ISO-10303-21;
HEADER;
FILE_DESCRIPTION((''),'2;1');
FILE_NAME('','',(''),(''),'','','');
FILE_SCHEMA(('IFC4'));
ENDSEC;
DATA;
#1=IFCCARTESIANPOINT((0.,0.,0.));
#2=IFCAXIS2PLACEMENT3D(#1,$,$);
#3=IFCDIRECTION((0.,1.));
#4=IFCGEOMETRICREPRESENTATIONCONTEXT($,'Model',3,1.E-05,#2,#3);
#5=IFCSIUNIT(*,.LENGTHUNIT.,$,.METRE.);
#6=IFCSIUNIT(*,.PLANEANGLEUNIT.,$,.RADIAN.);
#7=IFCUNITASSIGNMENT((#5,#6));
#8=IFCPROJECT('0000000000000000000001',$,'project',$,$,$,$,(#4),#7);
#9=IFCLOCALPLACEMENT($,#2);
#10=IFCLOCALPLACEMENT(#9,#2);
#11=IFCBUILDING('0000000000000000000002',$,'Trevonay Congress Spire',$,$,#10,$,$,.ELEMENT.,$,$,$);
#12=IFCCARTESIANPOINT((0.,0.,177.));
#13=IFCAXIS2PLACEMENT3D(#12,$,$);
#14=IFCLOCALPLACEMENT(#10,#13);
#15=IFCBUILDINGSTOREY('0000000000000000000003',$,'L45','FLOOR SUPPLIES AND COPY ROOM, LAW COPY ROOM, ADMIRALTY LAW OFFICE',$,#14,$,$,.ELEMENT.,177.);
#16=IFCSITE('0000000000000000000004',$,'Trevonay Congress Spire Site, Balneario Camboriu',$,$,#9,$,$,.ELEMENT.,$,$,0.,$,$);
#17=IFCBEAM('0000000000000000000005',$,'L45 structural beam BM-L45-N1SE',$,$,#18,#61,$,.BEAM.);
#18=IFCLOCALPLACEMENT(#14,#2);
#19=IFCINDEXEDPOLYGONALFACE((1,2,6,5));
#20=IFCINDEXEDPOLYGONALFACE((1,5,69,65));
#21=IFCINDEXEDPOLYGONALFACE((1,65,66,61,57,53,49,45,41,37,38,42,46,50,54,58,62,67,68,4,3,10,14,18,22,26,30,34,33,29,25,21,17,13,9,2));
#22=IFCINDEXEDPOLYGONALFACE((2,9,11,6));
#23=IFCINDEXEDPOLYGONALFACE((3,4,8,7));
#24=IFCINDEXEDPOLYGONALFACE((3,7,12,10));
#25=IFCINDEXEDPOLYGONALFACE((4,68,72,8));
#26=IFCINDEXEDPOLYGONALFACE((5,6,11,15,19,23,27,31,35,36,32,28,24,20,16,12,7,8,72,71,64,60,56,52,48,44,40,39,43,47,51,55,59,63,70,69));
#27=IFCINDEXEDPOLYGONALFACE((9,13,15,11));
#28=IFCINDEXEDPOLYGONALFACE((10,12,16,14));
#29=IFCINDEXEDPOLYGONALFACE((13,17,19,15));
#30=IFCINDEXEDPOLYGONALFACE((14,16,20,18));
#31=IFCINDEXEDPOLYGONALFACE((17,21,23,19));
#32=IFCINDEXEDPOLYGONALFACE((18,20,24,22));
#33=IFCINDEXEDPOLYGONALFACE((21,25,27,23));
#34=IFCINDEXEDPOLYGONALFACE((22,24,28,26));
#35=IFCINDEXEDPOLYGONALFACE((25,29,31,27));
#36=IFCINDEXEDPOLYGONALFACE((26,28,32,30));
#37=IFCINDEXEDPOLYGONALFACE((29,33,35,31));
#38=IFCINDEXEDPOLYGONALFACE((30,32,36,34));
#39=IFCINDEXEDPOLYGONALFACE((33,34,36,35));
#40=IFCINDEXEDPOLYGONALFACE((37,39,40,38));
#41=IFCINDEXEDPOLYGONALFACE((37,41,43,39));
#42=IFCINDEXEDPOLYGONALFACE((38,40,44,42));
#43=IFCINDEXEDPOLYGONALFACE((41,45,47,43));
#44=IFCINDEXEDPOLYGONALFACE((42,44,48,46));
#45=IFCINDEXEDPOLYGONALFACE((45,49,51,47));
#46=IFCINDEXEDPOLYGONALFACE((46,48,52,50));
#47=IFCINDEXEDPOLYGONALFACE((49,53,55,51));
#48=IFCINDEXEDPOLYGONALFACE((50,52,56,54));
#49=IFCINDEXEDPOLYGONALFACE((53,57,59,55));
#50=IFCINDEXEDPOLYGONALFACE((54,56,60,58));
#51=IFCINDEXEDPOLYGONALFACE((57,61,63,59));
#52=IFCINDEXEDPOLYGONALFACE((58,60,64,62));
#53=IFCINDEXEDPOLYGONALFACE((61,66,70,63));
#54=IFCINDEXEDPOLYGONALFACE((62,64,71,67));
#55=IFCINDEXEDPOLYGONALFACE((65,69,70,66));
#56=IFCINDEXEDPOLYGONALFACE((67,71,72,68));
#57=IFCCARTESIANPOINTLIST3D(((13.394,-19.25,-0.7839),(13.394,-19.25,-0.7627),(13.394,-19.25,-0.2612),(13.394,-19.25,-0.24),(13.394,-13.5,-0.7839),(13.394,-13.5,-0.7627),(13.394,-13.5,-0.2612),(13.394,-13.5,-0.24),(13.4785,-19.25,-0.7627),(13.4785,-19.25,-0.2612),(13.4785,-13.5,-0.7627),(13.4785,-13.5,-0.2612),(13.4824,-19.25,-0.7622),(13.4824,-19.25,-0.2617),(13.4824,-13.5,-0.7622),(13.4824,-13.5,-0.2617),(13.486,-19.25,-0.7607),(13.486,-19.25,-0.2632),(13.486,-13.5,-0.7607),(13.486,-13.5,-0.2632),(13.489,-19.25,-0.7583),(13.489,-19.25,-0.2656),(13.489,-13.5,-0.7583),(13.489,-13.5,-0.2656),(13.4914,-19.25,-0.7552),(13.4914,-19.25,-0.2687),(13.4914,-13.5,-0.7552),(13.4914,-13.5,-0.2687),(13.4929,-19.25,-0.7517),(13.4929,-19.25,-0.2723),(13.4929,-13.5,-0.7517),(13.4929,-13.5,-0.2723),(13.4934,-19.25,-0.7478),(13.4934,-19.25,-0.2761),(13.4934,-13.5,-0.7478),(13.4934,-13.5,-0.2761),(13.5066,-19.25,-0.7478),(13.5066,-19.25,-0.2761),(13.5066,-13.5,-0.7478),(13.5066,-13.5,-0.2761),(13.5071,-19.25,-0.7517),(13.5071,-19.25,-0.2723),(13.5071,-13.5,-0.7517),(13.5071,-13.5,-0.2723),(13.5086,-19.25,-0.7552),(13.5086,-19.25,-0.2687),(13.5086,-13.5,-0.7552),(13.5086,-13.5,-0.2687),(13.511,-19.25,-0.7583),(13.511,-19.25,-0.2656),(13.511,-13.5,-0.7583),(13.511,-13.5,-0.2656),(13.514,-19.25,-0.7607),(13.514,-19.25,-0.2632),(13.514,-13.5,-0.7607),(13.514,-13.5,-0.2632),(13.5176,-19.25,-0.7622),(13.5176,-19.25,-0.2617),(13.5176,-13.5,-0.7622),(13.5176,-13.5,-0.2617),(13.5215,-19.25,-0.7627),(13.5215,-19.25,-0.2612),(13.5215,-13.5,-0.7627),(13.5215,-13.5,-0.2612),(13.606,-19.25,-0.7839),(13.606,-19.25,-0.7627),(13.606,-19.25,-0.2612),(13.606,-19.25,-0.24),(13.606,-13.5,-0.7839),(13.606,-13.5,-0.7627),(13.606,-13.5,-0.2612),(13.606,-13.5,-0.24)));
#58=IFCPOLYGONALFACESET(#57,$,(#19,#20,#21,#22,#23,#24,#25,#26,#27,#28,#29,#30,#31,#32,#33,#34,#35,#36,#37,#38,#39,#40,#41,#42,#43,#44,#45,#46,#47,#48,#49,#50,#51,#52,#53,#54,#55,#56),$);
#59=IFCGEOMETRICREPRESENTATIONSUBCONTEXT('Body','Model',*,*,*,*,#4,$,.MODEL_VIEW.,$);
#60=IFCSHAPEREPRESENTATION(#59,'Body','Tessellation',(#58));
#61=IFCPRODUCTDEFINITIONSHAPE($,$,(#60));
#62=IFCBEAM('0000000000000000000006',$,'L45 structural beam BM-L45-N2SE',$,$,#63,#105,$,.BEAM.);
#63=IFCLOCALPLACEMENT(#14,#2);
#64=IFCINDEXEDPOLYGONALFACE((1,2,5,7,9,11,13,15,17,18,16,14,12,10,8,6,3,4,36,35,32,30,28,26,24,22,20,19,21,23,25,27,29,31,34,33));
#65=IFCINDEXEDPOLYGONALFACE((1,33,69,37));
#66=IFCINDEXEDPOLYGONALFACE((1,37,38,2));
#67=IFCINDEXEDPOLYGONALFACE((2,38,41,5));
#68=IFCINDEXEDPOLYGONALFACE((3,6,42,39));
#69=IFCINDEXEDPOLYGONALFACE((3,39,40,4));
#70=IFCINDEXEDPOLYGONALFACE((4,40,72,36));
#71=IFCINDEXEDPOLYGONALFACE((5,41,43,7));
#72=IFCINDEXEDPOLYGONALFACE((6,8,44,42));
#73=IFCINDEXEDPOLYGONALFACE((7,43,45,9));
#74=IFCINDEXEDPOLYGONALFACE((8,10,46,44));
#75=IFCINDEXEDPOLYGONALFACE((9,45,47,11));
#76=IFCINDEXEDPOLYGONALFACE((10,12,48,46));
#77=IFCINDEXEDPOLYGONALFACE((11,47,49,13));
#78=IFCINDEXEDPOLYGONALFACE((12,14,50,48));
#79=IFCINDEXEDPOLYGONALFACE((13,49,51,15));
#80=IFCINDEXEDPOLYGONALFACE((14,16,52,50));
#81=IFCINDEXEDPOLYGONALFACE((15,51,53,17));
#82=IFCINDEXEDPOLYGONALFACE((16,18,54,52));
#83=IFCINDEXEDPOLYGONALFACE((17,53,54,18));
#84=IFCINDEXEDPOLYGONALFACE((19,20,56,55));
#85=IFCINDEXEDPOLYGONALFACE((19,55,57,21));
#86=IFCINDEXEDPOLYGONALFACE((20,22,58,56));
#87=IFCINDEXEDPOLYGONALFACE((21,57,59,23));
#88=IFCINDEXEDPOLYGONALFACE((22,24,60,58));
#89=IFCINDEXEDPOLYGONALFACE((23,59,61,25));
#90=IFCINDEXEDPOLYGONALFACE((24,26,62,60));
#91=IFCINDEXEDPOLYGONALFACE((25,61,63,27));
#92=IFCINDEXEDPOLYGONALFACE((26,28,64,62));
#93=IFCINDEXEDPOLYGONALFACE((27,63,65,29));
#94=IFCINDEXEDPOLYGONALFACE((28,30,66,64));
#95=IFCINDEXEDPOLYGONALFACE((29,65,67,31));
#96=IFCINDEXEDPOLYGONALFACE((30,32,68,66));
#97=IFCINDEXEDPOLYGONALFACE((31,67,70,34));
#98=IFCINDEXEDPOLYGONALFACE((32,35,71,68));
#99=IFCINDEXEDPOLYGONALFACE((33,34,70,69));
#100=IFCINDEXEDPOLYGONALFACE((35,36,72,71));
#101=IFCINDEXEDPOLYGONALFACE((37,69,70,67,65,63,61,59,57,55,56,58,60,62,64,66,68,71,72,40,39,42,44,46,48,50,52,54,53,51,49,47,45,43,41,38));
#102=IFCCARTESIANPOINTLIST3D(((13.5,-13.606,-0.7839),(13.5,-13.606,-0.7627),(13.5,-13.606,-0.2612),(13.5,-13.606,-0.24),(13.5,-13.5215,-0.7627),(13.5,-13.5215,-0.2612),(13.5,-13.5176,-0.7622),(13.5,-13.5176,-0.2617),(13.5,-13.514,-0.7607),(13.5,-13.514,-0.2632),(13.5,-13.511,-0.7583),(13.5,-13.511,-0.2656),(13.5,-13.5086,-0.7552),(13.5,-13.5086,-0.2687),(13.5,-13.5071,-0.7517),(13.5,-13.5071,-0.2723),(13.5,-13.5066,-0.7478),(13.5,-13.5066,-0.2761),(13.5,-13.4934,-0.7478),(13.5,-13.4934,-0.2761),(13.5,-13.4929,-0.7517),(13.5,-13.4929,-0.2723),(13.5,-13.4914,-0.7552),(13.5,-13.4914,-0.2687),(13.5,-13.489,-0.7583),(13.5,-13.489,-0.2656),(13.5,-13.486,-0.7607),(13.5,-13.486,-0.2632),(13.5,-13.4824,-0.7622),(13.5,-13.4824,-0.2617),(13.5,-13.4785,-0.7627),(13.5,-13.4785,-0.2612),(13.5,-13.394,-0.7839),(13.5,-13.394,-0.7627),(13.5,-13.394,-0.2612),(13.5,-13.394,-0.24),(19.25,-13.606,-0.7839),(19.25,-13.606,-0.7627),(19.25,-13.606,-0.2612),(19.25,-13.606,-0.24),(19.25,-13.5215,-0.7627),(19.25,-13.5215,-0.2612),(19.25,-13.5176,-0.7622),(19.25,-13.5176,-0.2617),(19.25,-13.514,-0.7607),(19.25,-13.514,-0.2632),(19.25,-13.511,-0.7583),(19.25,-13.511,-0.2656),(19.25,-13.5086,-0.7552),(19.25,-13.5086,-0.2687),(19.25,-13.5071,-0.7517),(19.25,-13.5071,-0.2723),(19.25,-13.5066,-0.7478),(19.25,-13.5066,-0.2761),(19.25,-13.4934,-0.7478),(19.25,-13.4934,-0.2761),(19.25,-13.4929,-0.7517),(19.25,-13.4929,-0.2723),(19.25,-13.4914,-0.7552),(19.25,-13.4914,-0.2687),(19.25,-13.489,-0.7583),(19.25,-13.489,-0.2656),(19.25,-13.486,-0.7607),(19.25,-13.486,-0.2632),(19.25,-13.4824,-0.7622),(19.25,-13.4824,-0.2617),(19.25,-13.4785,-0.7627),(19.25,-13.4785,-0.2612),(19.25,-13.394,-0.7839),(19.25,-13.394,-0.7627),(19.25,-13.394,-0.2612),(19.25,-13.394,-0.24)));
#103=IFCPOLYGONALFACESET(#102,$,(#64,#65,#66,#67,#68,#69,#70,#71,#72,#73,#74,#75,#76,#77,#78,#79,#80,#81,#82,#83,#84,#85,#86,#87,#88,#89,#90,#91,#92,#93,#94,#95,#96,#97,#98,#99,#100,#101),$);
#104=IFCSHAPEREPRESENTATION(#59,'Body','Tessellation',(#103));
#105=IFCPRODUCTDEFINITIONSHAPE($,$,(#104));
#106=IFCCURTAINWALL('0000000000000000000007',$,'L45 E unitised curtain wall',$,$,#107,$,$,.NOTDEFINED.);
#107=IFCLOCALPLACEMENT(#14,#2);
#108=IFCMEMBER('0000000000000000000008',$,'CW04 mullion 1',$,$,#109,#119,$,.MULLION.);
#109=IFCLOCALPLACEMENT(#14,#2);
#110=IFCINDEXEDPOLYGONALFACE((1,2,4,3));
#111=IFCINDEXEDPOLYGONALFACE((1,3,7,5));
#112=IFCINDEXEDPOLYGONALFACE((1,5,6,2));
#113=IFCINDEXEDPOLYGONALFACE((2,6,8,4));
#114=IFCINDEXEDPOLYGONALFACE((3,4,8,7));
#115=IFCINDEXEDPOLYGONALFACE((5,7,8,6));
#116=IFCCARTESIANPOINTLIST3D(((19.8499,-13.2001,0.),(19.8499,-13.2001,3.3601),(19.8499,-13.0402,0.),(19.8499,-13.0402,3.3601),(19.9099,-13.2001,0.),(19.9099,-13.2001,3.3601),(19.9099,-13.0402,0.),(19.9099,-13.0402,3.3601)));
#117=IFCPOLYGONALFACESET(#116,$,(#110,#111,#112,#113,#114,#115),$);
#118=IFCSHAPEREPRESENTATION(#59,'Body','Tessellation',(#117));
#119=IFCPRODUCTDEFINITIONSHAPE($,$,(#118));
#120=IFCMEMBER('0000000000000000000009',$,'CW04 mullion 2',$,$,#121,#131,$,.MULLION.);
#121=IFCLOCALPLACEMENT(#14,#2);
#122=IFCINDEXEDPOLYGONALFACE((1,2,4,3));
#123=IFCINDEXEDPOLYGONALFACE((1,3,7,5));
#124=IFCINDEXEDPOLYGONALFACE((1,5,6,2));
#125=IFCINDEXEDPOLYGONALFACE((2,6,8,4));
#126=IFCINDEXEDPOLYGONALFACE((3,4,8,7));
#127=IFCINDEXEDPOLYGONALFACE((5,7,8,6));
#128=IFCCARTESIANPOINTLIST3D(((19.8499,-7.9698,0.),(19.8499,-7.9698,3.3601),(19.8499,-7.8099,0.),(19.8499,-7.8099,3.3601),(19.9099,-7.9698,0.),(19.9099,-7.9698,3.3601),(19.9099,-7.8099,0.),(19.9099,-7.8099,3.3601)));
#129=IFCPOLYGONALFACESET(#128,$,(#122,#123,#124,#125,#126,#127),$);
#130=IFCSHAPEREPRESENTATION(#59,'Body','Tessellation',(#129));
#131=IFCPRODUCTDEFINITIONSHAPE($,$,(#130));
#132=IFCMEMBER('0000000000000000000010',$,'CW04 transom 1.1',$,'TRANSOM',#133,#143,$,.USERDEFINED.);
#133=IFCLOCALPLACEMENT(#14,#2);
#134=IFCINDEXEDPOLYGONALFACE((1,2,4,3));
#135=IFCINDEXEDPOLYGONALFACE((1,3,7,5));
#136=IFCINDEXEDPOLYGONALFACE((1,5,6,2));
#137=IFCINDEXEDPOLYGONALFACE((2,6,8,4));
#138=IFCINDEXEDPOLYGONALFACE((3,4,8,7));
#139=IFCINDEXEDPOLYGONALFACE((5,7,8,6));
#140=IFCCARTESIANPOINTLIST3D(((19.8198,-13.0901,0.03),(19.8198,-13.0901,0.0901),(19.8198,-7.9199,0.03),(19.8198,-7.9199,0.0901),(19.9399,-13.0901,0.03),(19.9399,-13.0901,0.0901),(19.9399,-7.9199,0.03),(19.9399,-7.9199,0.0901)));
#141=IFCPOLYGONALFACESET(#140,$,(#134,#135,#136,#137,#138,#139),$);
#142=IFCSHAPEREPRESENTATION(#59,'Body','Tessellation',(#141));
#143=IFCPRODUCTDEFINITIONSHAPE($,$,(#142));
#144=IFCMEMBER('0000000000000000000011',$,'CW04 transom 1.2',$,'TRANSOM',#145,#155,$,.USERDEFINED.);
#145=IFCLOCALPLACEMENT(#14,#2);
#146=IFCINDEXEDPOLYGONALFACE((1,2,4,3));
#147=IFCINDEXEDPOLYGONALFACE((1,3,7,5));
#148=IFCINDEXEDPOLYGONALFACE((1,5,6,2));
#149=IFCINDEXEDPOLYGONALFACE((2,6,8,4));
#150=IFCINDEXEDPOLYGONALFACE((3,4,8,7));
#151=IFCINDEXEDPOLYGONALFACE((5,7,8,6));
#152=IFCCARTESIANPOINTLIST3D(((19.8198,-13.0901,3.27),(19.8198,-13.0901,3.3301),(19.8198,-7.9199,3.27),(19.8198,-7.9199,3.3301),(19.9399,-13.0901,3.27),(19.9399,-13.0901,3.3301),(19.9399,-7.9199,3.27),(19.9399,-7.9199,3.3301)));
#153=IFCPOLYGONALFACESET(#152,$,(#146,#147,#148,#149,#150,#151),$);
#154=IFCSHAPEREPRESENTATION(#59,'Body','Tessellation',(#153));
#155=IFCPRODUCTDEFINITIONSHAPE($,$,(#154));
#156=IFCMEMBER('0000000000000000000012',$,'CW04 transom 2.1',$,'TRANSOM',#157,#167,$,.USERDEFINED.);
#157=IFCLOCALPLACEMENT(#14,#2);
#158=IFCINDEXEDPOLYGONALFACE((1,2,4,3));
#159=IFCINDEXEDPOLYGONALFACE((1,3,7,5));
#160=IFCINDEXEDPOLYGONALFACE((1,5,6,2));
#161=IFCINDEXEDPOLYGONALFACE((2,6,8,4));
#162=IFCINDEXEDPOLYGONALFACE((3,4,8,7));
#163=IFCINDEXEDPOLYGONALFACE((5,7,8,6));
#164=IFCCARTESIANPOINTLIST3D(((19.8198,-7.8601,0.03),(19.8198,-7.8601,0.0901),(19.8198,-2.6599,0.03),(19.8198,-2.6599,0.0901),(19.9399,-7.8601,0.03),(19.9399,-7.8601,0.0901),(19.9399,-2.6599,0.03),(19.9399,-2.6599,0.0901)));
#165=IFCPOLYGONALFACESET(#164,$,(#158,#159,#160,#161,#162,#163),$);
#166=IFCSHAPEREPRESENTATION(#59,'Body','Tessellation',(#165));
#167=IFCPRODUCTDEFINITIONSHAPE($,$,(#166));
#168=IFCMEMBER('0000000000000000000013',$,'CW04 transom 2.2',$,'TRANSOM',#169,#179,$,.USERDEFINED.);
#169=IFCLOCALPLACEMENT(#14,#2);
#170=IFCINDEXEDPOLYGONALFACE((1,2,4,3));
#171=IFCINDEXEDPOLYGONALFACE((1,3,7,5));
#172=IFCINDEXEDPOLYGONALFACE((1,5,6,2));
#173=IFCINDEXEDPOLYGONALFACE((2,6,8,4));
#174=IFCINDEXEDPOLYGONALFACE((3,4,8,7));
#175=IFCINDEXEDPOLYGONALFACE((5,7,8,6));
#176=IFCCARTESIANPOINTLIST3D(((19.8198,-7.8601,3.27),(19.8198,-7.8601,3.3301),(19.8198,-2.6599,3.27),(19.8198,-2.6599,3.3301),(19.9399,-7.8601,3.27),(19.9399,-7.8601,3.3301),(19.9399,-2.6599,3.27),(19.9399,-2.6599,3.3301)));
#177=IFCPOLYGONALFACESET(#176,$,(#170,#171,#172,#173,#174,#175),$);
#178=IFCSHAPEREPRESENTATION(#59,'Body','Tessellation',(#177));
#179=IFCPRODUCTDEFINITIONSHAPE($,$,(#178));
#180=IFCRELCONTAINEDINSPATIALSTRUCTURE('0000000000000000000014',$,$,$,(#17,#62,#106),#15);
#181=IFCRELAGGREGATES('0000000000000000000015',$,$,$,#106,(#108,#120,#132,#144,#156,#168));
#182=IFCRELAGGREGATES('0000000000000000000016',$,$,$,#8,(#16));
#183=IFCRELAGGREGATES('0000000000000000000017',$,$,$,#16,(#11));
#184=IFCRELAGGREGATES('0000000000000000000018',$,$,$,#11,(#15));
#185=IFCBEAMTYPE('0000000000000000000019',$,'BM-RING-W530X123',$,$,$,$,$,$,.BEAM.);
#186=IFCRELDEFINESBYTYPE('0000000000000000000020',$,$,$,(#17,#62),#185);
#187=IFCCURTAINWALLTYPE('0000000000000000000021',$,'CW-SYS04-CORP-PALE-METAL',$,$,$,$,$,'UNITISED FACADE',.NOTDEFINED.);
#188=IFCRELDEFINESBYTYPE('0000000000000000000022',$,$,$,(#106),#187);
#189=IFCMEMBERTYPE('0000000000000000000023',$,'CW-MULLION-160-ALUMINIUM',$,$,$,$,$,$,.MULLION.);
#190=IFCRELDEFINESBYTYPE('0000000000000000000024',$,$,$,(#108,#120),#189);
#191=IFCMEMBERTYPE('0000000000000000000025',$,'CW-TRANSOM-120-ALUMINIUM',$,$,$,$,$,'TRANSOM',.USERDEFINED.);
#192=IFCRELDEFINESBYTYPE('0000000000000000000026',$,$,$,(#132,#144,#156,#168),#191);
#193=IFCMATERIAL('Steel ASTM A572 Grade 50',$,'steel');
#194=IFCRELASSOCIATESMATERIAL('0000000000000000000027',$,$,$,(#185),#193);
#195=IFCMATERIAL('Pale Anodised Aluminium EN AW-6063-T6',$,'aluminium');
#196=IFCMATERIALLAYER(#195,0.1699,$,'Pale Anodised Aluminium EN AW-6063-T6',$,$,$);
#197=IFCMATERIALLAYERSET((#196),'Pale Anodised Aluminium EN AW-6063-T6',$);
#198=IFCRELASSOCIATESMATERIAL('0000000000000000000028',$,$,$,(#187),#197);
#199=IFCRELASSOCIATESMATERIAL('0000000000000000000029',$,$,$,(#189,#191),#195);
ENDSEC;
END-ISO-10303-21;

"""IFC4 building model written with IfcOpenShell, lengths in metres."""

from ifc_helpers import new_model, si_unit, direction, frame, origin, origin_2d, place, context, subcontext, project, spatial, rectangle, i_section, extrude, material, layer, layer_set, material_profile, profile_set, type_object, element, aggregate, save


model = new_model("IFC4")

# Units and contexts
model_context = context("Model", 3, precision=1e-05, world=origin(), true_north=direction((0.0, 1.0)))
body_context = subcontext(model_context, "Body", "Model", "MODEL_VIEW")
ifc_project = project(units=[si_unit("LENGTHUNIT", "METRE"), si_unit("PLANEANGLEUNIT", "RADIAN")], contexts=[model_context])

# Site, building, storey
site_placement = place(None, origin())
site = spatial("IfcSite", under=ifc_project, at=site_placement, Name="Trevonay Congress Spire Site, Balneario Camboriu", CompositionType="ELEMENT", RefElevation=0.0)
building_placement = place(site_placement, origin())
building = spatial("IfcBuilding", under=site, at=building_placement, Name="Trevonay Congress Spire", CompositionType="ELEMENT")
storey_placement = place(building_placement, frame((0.0, 0.0, 177.0)))
storey = spatial("IfcBuildingStorey", under=building, at=storey_placement, Name="L45", Description="FLOOR SUPPLIES AND COPY ROOM, LAW COPY ROOM, ADMIRALTY LAW OFFICE", CompositionType="ELEMENT", Elevation=177.0)

# Shared definitions
ifc_material_1 = material(Name="Steel ASTM A572 Grade 50", Category="steel")

# Beams
ifc_material_profile_1 = material_profile(ifc_material_1, i_section(OverallWidth=0.2119, OverallDepth=0.5439, WebThickness=0.0132, FlangeThickness=0.0212, FilletRadius=0.0149, at=origin_2d()), Name="W530x123")
ifc_profile_set_1 = profile_set([ifc_material_profile_1], Name="Steel ASTM A572 Grade 50")
beam_type_1 = type_object("IfcBeamType", Name="BM-RING-W530X123", PredefinedType="BEAM", material=ifc_profile_set_1)
for number, where, z_axis, x_axis, name in (
    (1, (13.5, -19.25, -0.512), (0.0, 1.0, 0.0), (-1.0, 0.0, 0.0), "L45 structural beam BM-L45-N1SE"),
    (2, (19.25, -13.5, -0.512), (-1.0, 0.0, 0.0), (0.0, -1.0, 0.0), "L45 structural beam BM-L45-N2SE"),
):
    element("IfcBeam", number, at=place(storey_placement, frame(where, z_axis=z_axis, x_axis=x_axis)), inside=storey, type_object=beam_type_1, Name=name, PredefinedType="BEAM", context=body_context, shape_type="SweptSolid", body=[
        extrude(i_section(OverallWidth=0.2119, OverallDepth=0.5439, WebThickness=0.0132, FlangeThickness=0.0212, FilletRadius=0.0149, at=origin_2d()), origin(), (0.0, 0.0, 1.0), 5.75),
    ])

# Curtain wall, members
ifc_material_2 = material(Name="Pale Anodised Aluminium EN AW-6063-T6", Category="aluminium")
ifc_layer_1 = layer(ifc_material_2, 0.1699, Name="Pale Anodised Aluminium EN AW-6063-T6")
ifc_layer_set_1 = layer_set([ifc_layer_1], Name="Pale Anodised Aluminium EN AW-6063-T6")
curtain_wall_type = type_object("IfcCurtainWallType", Name="CW-SYS04-CORP-PALE-METAL", ElementType="UNITISED FACADE", PredefinedType="NOTDEFINED", material=ifc_layer_set_1)
curtain_wall_placement = place(storey_placement, origin())
curtain_wall = element("IfcCurtainWall", 3, at=curtain_wall_placement, inside=storey, type_object=curtain_wall_type, Name="L45 E unitised curtain wall", PredefinedType="NOTDEFINED")
ifc_material_profile_2 = material_profile(ifc_material_2, rectangle(XDim=0.0601, YDim=0.1599, at=origin_2d()), Name="CW-MULLION-160-ALUMINIUM")
ifc_profile_set_2 = profile_set([ifc_material_profile_2], Name="Pale Anodised Aluminium EN AW-6063-T6")
member_type_1 = type_object("IfcMemberType", Name="CW-MULLION-160-ALUMINIUM", PredefinedType="MULLION", material=ifc_profile_set_2)
member_1_placement = place(storey_placement, frame((19.8799, -13.1201, 0.0), z_axis=(0.0, 0.0, 1.0), x_axis=(-1.0, 0.0, 0.0)))
member_1 = element("IfcMember", 4, at=member_1_placement, type_object=member_type_1, Name="CW04 mullion 1", PredefinedType="MULLION", context=body_context, shape_type="SweptSolid", body=[
    extrude(rectangle(XDim=0.0601, YDim=0.1599, at=origin_2d()), origin(), (0.0, 0.0, 1.0), 3.3601),
])
member_2_placement = place(storey_placement, frame((19.8799, -7.8899, 0.0), z_axis=(0.0, 0.0, 1.0), x_axis=(-1.0, 0.0, 0.0)))
member_2 = element("IfcMember", 5, at=member_2_placement, type_object=member_type_1, Name="CW04 mullion 2", PredefinedType="MULLION", context=body_context, shape_type="SweptSolid", body=[
    extrude(rectangle(XDim=0.0601, YDim=0.1599, at=origin_2d()), origin(), (0.0, 0.0, 1.0), 3.3601),
])
ifc_material_profile_3 = material_profile(ifc_material_2, rectangle(XDim=0.1201, YDim=0.0601, at=origin_2d()), Name="CW-TRANSOM-120-ALUMINIUM")
ifc_profile_set_3 = profile_set([ifc_material_profile_3], Name="Pale Anodised Aluminium EN AW-6063-T6")
member_type_2 = type_object("IfcMemberType", Name="CW-TRANSOM-120-ALUMINIUM", ElementType="TRANSOM", PredefinedType="USERDEFINED", material=ifc_profile_set_3)
member_3_placement = place(storey_placement, frame((19.8799, -13.0901, 0.0601), z_axis=(0.0, 1.0, 0.0), x_axis=(-1.0, 0.0, 0.0)))
member_3 = element("IfcMember", 6, at=member_3_placement, type_object=member_type_2, Name="CW04 transom 1.1", ObjectType="TRANSOM", PredefinedType="USERDEFINED", context=body_context, shape_type="SweptSolid", body=[
    extrude(rectangle(XDim=0.1201, YDim=0.0601, at=origin_2d()), origin(), (0.0, 0.0, 1.0), 5.1702),
])
member_4_placement = place(storey_placement, frame((19.8799, -13.0901, 3.3), z_axis=(0.0, 1.0, 0.0), x_axis=(-1.0, 0.0, 0.0)))
member_4 = element("IfcMember", 7, at=member_4_placement, type_object=member_type_2, Name="CW04 transom 1.2", ObjectType="TRANSOM", PredefinedType="USERDEFINED", context=body_context, shape_type="SweptSolid", body=[
    extrude(rectangle(XDim=0.1201, YDim=0.0601, at=origin_2d()), origin(), (0.0, 0.0, 1.0), 5.1702),
])
member_5_placement = place(storey_placement, frame((19.8799, -7.8601, 0.0601), z_axis=(0.0, 1.0, 0.0), x_axis=(-1.0, 0.0, 0.0)))
member_5 = element("IfcMember", 8, at=member_5_placement, type_object=member_type_2, Name="CW04 transom 2.1", ObjectType="TRANSOM", PredefinedType="USERDEFINED", context=body_context, shape_type="SweptSolid", body=[
    extrude(rectangle(XDim=0.1201, YDim=0.0601, at=origin_2d()), origin(), (0.0, 0.0, 1.0), 5.2002),
])
member_6_placement = place(storey_placement, frame((19.8799, -7.8601, 3.3), z_axis=(0.0, 1.0, 0.0), x_axis=(-1.0, 0.0, 0.0)))
member_6 = element("IfcMember", 9, at=member_6_placement, type_object=member_type_2, Name="CW04 transom 2.2", ObjectType="TRANSOM", PredefinedType="USERDEFINED", context=body_context, shape_type="SweptSolid", body=[
    extrude(rectangle(XDim=0.1201, YDim=0.0601, at=origin_2d()), origin(), (0.0, 0.0, 1.0), 5.2002),
])

aggregate(curtain_wall, [member_1, member_2, member_3, member_4, member_5, member_6])

save(model, "model.ifc")
